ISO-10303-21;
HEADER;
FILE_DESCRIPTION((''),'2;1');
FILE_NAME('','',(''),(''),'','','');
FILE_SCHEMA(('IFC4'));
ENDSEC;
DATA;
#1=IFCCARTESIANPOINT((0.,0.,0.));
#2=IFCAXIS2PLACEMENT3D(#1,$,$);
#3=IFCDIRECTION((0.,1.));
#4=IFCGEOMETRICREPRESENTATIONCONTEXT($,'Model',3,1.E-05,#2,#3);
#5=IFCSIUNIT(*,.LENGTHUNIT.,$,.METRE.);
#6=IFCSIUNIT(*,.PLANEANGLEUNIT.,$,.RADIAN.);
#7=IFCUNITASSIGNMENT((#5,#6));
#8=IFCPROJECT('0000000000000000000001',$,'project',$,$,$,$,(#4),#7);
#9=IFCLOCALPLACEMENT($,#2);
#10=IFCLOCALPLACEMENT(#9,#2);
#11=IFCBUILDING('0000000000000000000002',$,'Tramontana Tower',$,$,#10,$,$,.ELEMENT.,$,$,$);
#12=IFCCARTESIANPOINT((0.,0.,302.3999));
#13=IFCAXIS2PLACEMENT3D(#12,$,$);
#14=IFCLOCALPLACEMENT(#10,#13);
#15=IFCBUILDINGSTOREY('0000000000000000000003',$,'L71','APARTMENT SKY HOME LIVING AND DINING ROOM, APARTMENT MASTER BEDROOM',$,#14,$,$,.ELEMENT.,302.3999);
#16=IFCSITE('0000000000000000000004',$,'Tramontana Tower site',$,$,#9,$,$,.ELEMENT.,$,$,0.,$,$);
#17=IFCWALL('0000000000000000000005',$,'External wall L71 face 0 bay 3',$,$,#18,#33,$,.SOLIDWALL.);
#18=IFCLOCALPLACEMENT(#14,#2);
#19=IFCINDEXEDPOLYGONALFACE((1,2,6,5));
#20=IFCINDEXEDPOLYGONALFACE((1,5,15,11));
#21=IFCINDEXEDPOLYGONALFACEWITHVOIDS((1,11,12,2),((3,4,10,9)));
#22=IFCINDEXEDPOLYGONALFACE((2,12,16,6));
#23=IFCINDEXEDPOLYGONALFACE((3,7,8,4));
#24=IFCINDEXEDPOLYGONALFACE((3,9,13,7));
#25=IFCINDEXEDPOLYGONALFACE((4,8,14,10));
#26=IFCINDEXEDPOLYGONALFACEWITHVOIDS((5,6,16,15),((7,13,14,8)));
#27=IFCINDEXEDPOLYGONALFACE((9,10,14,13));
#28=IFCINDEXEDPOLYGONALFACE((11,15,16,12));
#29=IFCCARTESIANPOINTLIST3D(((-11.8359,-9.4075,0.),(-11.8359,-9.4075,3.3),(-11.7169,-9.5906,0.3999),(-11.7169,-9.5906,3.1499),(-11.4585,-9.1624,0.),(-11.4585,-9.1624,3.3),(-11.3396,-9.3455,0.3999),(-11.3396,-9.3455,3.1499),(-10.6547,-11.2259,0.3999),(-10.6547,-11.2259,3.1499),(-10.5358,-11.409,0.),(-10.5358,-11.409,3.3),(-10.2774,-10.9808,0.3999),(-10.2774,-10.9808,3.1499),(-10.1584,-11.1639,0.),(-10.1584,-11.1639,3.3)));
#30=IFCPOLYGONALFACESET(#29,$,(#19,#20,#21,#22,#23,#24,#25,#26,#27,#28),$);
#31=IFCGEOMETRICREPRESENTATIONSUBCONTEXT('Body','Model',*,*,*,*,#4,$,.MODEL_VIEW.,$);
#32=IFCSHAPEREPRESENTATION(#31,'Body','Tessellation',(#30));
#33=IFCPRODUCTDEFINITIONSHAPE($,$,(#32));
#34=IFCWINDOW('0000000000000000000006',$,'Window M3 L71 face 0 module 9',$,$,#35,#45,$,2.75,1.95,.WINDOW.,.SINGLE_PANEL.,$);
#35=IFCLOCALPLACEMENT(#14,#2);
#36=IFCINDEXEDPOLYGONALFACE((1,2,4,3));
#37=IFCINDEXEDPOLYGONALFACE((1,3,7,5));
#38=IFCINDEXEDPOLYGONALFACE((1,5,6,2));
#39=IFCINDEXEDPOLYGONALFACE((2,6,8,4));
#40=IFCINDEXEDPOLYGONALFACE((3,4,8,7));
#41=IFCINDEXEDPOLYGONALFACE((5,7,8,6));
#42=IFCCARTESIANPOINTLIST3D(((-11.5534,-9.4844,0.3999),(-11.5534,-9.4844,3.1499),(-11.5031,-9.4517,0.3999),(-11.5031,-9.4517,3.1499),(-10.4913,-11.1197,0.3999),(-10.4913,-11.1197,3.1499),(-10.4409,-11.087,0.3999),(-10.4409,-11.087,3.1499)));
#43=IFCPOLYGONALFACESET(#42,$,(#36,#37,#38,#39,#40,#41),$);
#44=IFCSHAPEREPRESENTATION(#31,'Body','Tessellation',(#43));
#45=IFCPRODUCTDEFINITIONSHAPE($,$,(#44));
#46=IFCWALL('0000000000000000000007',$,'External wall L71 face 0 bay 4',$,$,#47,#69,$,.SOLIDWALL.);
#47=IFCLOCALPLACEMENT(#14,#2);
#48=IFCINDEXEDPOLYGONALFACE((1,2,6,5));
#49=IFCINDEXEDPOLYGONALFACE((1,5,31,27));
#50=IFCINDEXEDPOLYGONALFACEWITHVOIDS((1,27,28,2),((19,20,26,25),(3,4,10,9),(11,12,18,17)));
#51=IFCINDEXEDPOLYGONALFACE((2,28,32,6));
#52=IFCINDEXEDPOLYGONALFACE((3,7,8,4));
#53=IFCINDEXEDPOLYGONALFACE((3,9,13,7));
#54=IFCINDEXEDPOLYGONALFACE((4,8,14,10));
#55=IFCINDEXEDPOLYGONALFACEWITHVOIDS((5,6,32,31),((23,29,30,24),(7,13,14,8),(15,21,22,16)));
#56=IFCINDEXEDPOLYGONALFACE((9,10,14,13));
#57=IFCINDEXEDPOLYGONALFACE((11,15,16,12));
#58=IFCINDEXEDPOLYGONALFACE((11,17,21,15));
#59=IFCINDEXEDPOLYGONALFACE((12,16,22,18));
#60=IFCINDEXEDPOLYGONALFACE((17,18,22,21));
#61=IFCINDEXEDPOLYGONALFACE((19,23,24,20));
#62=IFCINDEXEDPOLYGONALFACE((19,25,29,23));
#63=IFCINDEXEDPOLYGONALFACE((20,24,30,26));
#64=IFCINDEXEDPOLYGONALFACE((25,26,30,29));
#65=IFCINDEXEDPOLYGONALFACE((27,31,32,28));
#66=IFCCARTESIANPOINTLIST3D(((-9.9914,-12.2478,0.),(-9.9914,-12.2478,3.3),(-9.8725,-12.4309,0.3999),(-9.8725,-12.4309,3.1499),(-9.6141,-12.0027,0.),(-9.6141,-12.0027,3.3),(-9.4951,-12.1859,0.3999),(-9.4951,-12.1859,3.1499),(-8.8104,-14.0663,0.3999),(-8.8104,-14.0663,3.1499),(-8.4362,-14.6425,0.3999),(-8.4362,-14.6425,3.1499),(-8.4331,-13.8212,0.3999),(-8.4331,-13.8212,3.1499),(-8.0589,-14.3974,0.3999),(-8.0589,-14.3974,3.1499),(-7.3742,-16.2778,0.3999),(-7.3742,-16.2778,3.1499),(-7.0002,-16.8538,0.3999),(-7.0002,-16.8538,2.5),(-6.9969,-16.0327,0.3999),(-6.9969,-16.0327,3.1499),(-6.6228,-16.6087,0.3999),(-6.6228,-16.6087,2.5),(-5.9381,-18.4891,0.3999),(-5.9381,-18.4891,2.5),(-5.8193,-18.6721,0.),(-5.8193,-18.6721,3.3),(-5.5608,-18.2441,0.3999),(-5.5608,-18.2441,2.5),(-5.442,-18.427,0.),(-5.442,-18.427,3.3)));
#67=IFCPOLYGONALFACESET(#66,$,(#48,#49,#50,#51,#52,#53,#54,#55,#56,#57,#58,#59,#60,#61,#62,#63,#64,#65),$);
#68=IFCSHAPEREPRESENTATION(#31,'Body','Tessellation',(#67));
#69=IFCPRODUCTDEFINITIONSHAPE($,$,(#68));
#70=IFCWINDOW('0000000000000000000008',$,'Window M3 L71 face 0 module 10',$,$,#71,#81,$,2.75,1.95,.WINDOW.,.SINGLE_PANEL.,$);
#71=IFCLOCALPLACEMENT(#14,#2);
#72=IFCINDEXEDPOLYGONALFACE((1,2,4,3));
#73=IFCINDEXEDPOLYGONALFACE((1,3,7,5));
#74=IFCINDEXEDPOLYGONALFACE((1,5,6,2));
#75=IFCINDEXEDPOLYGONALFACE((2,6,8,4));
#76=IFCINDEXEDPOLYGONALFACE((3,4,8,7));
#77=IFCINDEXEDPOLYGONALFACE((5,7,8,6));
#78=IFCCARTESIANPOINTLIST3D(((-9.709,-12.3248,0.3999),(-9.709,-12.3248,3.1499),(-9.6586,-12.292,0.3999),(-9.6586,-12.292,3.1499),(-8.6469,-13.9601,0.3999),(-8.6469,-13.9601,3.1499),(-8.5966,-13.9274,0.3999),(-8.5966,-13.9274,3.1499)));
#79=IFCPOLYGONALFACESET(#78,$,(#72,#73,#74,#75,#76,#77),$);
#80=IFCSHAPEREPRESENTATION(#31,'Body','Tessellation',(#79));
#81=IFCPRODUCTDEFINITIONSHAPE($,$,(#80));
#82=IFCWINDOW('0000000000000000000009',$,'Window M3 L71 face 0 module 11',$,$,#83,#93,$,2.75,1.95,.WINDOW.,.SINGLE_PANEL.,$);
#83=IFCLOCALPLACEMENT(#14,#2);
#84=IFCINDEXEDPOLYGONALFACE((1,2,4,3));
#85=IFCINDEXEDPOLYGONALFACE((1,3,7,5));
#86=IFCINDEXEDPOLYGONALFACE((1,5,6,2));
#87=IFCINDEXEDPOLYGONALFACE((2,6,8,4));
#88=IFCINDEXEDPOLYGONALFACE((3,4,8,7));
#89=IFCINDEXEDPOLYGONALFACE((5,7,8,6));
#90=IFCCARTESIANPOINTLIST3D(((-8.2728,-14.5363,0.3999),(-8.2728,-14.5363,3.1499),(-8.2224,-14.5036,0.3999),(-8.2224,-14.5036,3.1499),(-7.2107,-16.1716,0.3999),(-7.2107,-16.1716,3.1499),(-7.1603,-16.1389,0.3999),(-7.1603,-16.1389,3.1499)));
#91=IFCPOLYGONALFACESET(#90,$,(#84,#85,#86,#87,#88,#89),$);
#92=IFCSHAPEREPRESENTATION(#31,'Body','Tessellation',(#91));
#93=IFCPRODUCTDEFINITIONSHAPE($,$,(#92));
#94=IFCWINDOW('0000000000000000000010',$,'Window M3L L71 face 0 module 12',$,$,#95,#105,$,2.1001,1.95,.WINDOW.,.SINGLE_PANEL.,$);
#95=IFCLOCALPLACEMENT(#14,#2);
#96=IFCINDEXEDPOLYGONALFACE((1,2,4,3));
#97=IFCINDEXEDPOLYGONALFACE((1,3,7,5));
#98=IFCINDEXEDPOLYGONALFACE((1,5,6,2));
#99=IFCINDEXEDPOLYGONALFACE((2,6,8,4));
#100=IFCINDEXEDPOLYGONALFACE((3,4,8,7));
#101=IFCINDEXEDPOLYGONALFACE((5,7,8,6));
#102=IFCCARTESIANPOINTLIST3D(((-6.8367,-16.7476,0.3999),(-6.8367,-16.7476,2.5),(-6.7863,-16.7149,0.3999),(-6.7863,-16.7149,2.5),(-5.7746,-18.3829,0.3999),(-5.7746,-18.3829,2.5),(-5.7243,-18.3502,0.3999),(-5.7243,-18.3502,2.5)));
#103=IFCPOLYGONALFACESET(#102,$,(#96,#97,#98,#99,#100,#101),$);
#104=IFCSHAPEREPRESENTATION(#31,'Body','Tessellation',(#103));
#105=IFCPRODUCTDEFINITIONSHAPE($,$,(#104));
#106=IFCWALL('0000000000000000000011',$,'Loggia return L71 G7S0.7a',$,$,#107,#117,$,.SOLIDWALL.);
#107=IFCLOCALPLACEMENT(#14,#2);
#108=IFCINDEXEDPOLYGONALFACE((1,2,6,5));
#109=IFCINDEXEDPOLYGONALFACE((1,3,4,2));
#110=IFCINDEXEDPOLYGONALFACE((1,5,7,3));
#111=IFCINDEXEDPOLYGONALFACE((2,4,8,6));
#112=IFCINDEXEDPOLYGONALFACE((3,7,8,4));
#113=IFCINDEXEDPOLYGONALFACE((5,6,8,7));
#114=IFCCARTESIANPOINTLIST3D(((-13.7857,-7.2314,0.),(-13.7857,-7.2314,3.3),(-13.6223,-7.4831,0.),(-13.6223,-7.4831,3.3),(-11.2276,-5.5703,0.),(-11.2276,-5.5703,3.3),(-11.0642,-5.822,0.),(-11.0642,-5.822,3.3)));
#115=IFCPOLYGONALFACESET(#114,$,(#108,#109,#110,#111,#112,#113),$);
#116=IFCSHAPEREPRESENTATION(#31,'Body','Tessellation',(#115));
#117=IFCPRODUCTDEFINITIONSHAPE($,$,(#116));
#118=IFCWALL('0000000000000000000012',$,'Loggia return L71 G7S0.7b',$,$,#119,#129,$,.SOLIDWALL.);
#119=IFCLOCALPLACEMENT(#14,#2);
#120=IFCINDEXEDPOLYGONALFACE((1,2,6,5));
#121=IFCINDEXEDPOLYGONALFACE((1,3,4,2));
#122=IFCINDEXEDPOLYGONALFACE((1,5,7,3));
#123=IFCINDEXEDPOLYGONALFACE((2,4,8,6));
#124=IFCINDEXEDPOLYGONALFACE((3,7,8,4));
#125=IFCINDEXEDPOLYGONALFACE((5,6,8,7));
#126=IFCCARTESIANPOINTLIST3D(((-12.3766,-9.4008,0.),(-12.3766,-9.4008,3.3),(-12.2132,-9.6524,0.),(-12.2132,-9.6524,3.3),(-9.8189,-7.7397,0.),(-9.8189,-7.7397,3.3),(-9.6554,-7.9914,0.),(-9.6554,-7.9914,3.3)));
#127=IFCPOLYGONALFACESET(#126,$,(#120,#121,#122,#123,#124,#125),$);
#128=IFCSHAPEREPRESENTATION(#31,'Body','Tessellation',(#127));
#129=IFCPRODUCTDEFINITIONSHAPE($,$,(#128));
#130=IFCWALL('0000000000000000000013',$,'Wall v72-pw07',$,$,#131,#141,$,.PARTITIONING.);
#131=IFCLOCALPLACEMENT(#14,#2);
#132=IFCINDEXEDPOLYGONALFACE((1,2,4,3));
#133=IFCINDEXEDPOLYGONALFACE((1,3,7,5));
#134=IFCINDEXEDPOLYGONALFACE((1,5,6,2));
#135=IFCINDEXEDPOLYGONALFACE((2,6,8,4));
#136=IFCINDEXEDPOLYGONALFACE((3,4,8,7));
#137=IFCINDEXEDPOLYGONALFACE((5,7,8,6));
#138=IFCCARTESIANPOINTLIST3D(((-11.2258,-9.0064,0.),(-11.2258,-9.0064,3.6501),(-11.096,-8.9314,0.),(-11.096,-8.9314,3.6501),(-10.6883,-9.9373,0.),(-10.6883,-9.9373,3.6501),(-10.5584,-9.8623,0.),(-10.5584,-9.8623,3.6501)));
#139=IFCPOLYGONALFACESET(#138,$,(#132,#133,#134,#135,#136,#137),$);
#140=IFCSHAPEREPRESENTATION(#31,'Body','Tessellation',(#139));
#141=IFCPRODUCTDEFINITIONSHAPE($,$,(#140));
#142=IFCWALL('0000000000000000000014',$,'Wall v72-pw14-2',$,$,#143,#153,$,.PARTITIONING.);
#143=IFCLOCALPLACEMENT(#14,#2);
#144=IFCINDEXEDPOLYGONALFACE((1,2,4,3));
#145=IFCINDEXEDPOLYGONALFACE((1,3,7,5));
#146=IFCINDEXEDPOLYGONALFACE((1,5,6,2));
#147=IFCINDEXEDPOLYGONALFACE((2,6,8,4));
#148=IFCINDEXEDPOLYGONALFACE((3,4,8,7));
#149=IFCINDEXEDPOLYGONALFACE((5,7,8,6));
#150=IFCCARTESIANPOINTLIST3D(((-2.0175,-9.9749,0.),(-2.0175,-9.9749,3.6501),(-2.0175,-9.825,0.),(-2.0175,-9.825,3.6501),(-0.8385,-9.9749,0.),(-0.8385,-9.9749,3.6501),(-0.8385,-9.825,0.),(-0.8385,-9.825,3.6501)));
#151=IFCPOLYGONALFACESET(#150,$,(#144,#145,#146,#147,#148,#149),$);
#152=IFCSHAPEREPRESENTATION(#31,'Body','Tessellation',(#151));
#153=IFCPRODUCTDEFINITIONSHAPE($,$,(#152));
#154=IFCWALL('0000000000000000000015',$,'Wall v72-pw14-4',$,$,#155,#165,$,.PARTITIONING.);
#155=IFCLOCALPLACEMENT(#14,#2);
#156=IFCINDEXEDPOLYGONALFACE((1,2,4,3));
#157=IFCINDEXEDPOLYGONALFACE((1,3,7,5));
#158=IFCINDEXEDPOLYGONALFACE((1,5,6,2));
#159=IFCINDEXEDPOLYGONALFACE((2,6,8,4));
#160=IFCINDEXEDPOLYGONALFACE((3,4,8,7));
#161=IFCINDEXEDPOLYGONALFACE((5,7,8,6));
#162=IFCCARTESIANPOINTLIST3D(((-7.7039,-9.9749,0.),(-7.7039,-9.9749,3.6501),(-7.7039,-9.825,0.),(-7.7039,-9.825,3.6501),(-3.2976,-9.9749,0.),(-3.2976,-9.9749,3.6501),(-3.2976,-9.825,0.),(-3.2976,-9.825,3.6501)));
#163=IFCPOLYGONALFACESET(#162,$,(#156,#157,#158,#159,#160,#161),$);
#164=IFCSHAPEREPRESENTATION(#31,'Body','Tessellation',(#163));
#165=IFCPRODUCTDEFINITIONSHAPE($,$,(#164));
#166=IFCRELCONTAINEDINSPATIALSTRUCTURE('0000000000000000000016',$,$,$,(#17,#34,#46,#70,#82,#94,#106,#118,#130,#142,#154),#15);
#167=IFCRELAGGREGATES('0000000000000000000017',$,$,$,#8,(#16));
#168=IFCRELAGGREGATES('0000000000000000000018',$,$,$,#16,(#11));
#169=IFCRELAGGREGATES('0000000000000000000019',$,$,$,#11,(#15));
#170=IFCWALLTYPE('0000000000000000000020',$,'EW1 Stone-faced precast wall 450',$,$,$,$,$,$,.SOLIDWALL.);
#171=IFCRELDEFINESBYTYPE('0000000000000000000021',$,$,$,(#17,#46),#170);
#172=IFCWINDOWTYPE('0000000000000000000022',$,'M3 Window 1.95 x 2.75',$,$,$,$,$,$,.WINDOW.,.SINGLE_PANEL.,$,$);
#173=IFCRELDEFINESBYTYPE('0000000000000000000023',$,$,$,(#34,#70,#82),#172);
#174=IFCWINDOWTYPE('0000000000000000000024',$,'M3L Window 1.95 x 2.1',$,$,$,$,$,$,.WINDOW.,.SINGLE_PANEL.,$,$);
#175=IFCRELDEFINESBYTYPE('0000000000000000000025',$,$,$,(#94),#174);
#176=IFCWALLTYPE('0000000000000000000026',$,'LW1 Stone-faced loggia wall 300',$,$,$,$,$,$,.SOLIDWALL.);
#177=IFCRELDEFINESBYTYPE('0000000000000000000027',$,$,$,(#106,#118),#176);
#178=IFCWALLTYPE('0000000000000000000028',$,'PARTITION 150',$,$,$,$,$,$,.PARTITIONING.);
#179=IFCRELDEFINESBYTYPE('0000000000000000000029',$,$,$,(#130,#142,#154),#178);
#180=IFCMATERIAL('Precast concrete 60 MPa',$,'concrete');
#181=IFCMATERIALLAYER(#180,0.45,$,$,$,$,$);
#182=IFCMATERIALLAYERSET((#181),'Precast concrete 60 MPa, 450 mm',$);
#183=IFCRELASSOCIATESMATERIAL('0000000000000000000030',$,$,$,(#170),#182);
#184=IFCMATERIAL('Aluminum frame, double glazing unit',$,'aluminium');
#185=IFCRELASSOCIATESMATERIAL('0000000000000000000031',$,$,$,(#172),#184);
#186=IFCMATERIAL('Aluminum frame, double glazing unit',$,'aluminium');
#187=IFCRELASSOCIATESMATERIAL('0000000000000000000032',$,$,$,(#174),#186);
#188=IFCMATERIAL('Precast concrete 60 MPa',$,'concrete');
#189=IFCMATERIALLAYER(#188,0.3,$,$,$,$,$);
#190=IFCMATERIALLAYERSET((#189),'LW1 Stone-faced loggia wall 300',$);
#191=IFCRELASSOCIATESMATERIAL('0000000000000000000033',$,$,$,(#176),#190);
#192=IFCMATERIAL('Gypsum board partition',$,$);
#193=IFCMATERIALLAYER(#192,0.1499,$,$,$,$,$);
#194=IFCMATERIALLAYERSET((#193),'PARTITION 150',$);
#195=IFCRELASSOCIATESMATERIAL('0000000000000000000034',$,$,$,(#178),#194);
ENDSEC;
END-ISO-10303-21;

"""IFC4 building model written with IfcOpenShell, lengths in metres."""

from ifc_helpers import new_model, si_unit, direction, frame, frame_2d, origin, place, context, subcontext, project, spatial, rectangle, extrude, material, layer, layer_set, type_object, element, fill, save


model = new_model("IFC4")

# Units and contexts
model_context = context("Model", 3, precision=1e-05, world=origin(), true_north=direction((0.0, 1.0)))
body_context = subcontext(model_context, "Body", "Model", "MODEL_VIEW")
ifc_project = project(units=[si_unit("LENGTHUNIT", "METRE"), si_unit("PLANEANGLEUNIT", "RADIAN")], contexts=[model_context])

# Site, building, storey
site_placement = place(None, origin())
site = spatial("IfcSite", under=ifc_project, at=site_placement, Name="Tramontana Tower site", CompositionType="ELEMENT", RefElevation=0.0)
building_placement = place(site_placement, origin())
building = spatial("IfcBuilding", under=site, at=building_placement, Name="Tramontana Tower", CompositionType="ELEMENT")
storey_placement = place(building_placement, frame((0.0, 0.0, 302.3999)))
storey = spatial("IfcBuildingStorey", under=building, at=storey_placement, Name="L71", Description="APARTMENT SKY HOME LIVING AND DINING ROOM, APARTMENT MASTER BEDROOM", CompositionType="ELEMENT", Elevation=302.3999)

# Wall, opening, window
ifc_material_1 = material(Name="Precast concrete 60 MPa", Category="concrete")
ifc_layer_1 = layer(ifc_material_1, 0.45)
ifc_layer_set_1 = layer_set([ifc_layer_1], Name="Precast concrete 60 MPa, 450 mm")
wall_type_1 = type_object("IfcWallType", Name="EW1 Stone-faced precast wall 450", PredefinedType="SOLIDWALL", material=ifc_layer_set_1)
wall_1_placement = place(storey_placement, frame((-11.6472, -9.2849, 0.0), z_axis=(0.0, 0.0, 1.0), x_axis=(0.544722, -0.838617, 0.0)))
wall_1 = element("IfcWall", 1, at=wall_1_placement, inside=storey, type_object=wall_type_1, Name="External wall L71 face 0 bay 3", PredefinedType="SOLIDWALL", context=body_context, shape_type="SweptSolid", body=[
    extrude(rectangle(XDim=2.3867, YDim=0.45, at=frame_2d((1.1934, 0.0))), origin(), (0.0, 0.0, 1.0), 3.3),
])
opening_1_placement = place(wall_1_placement, frame((0.2183, 0.0, 0.3999)))
opening_1 = element("IfcOpeningElement", 2, at=opening_1_placement, cuts=wall_1, PredefinedType="OPENING", context=body_context, shape_type="SweptSolid", body=[
    extrude(rectangle(XDim=1.95, YDim=2.75, at=frame_2d((0.9751, 1.375))), frame((0.0, 0.2349, 0.0), z_axis=(0.0, -1.0, 0.0), x_axis=(1.0, 0.0, 0.0)), (0.0, 0.0, 1.0), 0.47),
])
ifc_material_2 = material(Name="Aluminum frame, double glazing unit", Category="aluminium")
window_type_1 = type_object("IfcWindowType", Name="M3 Window 1.95 x 2.75", PartitioningType="SINGLE_PANEL", PredefinedType="WINDOW", material=ifc_material_2)
window_1_placement = place(opening_1_placement, origin())
window_1 = element("IfcWindow", 3, at=window_1_placement, inside=storey, type_object=window_type_1, Name="Window M3 L71 face 0 module 9", OverallHeight=2.75, OverallWidth=1.95, PartitioningType="SINGLE_PANEL", PredefinedType="WINDOW", context=body_context, shape_type="SweptSolid", body=[
    extrude(rectangle(XDim=1.95, YDim=2.75, at=frame_2d((0.9751, 1.375))), frame((0.0, 0.03, 0.0), z_axis=(0.0, -1.0, 0.0), x_axis=(1.0, 0.0, 0.0)), (0.0, 0.0, 1.0), 0.0601),
])
fill(opening_1, window_1)

# Wall, openings, windows
wall_2_placement = place(storey_placement, frame((-9.8027, -12.1252, 0.0), z_axis=(0.0, 0.0, 1.0), x_axis=(0.54465, -0.838663, 0.0)))
wall_2 = element("IfcWall", 4, at=wall_2_placement, inside=storey, type_object=wall_type_1, Name="External wall L71 face 0 bay 4", PredefinedType="SOLIDWALL", context=body_context, shape_type="SweptSolid", body=[
    extrude(rectangle(XDim=7.6602, YDim=0.45, at=frame_2d((3.8301, 0.0))), origin(), (0.0, 0.0, 1.0), 3.3),
])
opening_2_placement = place(wall_2_placement, frame((0.2183, 0.0, 0.3999)))
opening_2 = element("IfcOpeningElement", 5, at=opening_2_placement, cuts=wall_2, PredefinedType="OPENING", context=body_context, shape_type="SweptSolid", body=[
    extrude(rectangle(XDim=1.95, YDim=2.75, at=frame_2d((0.9751, 1.375))), frame((0.0, 0.2349, 0.0), z_axis=(0.0, -1.0, 0.0), x_axis=(1.0, 0.0, 0.0)), (0.0, 0.0, 1.0), 0.47),
])
opening_3_placement = place(wall_2_placement, frame((2.8552, 0.0, 0.3999)))
opening_3 = element("IfcOpeningElement", 6, at=opening_3_placement, cuts=wall_2, PredefinedType="OPENING", context=body_context, shape_type="SweptSolid", body=[
    extrude(rectangle(XDim=1.95, YDim=2.75, at=frame_2d((0.9751, 1.375))), frame((0.0, 0.2349, 0.0), z_axis=(0.0, -1.0, 0.0), x_axis=(1.0, 0.0, 0.0)), (0.0, 0.0, 1.0), 0.47),
])
opening_4_placement = place(wall_2_placement, frame((5.4919, 0.0, 0.3999)))
opening_4 = element("IfcOpeningElement", 7, at=opening_4_placement, cuts=wall_2, PredefinedType="OPENING", context=body_context, shape_type="SweptSolid", body=[
    extrude(rectangle(XDim=1.95, YDim=2.1001, at=frame_2d((0.9751, 1.05))), frame((0.0, 0.2349, 0.0), z_axis=(0.0, -1.0, 0.0), x_axis=(1.0, 0.0, 0.0)), (0.0, 0.0, 1.0), 0.47),
])
window_2_placement = place(opening_2_placement, origin())
window_2 = element("IfcWindow", 8, at=window_2_placement, inside=storey, type_object=window_type_1, Name="Window M3 L71 face 0 module 10", OverallHeight=2.75, OverallWidth=1.95, PartitioningType="SINGLE_PANEL", PredefinedType="WINDOW", context=body_context, shape_type="SweptSolid", body=[
    extrude(rectangle(XDim=1.95, YDim=2.75, at=frame_2d((0.9751, 1.375))), frame((0.0, 0.03, 0.0), z_axis=(0.0, -1.0, 0.0), x_axis=(1.0, 0.0, 0.0)), (0.0, 0.0, 1.0), 0.0601),
])
fill(opening_2, window_2)
window_3_placement = place(opening_3_placement, origin())
window_3 = element("IfcWindow", 9, at=window_3_placement, inside=storey, type_object=window_type_1, Name="Window M3 L71 face 0 module 11", OverallHeight=2.75, OverallWidth=1.95, PartitioningType="SINGLE_PANEL", PredefinedType="WINDOW", context=body_context, shape_type="SweptSolid", body=[
    extrude(rectangle(XDim=1.95, YDim=2.75, at=frame_2d((0.9751, 1.375))), frame((0.0, 0.03, 0.0), z_axis=(0.0, -1.0, 0.0), x_axis=(1.0, 0.0, 0.0)), (0.0, 0.0, 1.0), 0.0601),
])
fill(opening_3, window_3)
ifc_material_3 = material(Name="Aluminum frame, double glazing unit", Category="aluminium")
window_type_2 = type_object("IfcWindowType", Name="M3L Window 1.95 x 2.1", PartitioningType="SINGLE_PANEL", PredefinedType="WINDOW", material=ifc_material_3)
window_4_placement = place(opening_4_placement, origin())
window_4 = element("IfcWindow", 10, at=window_4_placement, inside=storey, type_object=window_type_2, Name="Window M3L L71 face 0 module 12", OverallHeight=2.1001, OverallWidth=1.95, PartitioningType="SINGLE_PANEL", PredefinedType="WINDOW", context=body_context, shape_type="SweptSolid", body=[
    extrude(rectangle(XDim=1.95, YDim=2.1001, at=frame_2d((0.9751, 1.05))), frame((0.0, 0.03, 0.0), z_axis=(0.0, -1.0, 0.0), x_axis=(1.0, 0.0, 0.0)), (0.0, 0.0, 1.0), 0.0601),
])
fill(opening_4, window_4)

# Walls
ifc_material_4 = material(Name="Precast concrete 60 MPa", Category="concrete")
ifc_layer_2 = layer(ifc_material_4, 0.3)
ifc_layer_set_2 = layer_set([ifc_layer_2], Name="LW1 Stone-faced loggia wall 300")
wall_type_2 = type_object("IfcWallType", Name="LW1 Stone-faced loggia wall 300", PredefinedType="SOLIDWALL", material=ifc_layer_set_2)
wall_3_placement = place(storey_placement, frame((-13.7039, -7.3572, 0.0), z_axis=(0.0, 0.0, 1.0), x_axis=(0.838689, 0.544611, 0.0)))
element("IfcWall", 11, at=wall_3_placement, inside=storey, type_object=wall_type_2, Name="Loggia return L71 G7S0.7a", PredefinedType="SOLIDWALL", context=body_context, shape_type="SweptSolid", body=[
    extrude(rectangle(XDim=3.05, YDim=0.3, at=frame_2d((1.5249, 0.0))), origin(), (0.0, 0.0, 1.0), 3.3),
])
wall_4_placement = place(storey_placement, frame((-12.2949, -9.5266, 0.0), z_axis=(0.0, 0.0, 1.0), x_axis=(0.838665, 0.544648, 0.0)))
element("IfcWall", 12, at=wall_4_placement, inside=storey, type_object=wall_type_2, Name="Loggia return L71 G7S0.7b", PredefinedType="SOLIDWALL", context=body_context, shape_type="SweptSolid", body=[
    extrude(rectangle(XDim=3.0498, YDim=0.3, at=frame_2d((1.5249, 0.0))), origin(), (0.0, 0.0, 1.0), 3.3),
])
ifc_material_5 = material(Name="Gypsum board partition")
ifc_layer_3 = layer(ifc_material_5, 0.1499)
ifc_layer_set_3 = layer_set([ifc_layer_3], Name="PARTITION 150")
wall_type_3 = type_object("IfcWallType", Name="PARTITION 150", PredefinedType="PARTITIONING", material=ifc_layer_set_3)
wall_5_placement = place(storey_placement, frame((-10.6233, -9.8999, 0.0), z_axis=(0.0, 0.0, 1.0), x_axis=(-0.500096, 0.86597, 0.0)))
element("IfcWall", 13, at=wall_5_placement, inside=storey, type_object=wall_type_3, Name="Wall v72-pw07", PredefinedType="PARTITIONING", context=body_context, shape_type="SweptSolid", body=[
    extrude(rectangle(XDim=1.075, YDim=0.1499, at=frame_2d((0.5376, 0.0))), origin(), (0.0, 0.0, 1.0), 3.6501),
])
wall_6_placement = place(storey_placement, frame((-0.8386, -9.8999, 0.0), z_axis=(0.0, 0.0, 1.0), x_axis=(-1.0, 0.0, 0.0)))
element("IfcWall", 14, at=wall_6_placement, inside=storey, type_object=wall_type_3, Name="Wall v72-pw14-2", PredefinedType="PARTITIONING", context=body_context, shape_type="SweptSolid", body=[
    extrude(rectangle(XDim=1.179, YDim=0.1499, at=frame_2d((0.5894, 0.0))), origin(), (0.0, 0.0, 1.0), 3.6501),
])

# Wall
wall_7_placement = place(storey_placement, frame((-3.2976, -9.8999, 0.0), z_axis=(0.0, 0.0, 1.0), x_axis=(-1.0, 0.0, 0.0)))
element("IfcWall", 15, at=wall_7_placement, inside=storey, type_object=wall_type_3, Name="Wall v72-pw14-4", PredefinedType="PARTITIONING", context=body_context, shape_type="SweptSolid", body=[
    extrude(rectangle(XDim=4.4062, YDim=0.1499, at=frame_2d((2.2031, 0.0))), origin(), (0.0, 0.0, 1.0), 3.6501),
])

save(model, "model.ifc")
